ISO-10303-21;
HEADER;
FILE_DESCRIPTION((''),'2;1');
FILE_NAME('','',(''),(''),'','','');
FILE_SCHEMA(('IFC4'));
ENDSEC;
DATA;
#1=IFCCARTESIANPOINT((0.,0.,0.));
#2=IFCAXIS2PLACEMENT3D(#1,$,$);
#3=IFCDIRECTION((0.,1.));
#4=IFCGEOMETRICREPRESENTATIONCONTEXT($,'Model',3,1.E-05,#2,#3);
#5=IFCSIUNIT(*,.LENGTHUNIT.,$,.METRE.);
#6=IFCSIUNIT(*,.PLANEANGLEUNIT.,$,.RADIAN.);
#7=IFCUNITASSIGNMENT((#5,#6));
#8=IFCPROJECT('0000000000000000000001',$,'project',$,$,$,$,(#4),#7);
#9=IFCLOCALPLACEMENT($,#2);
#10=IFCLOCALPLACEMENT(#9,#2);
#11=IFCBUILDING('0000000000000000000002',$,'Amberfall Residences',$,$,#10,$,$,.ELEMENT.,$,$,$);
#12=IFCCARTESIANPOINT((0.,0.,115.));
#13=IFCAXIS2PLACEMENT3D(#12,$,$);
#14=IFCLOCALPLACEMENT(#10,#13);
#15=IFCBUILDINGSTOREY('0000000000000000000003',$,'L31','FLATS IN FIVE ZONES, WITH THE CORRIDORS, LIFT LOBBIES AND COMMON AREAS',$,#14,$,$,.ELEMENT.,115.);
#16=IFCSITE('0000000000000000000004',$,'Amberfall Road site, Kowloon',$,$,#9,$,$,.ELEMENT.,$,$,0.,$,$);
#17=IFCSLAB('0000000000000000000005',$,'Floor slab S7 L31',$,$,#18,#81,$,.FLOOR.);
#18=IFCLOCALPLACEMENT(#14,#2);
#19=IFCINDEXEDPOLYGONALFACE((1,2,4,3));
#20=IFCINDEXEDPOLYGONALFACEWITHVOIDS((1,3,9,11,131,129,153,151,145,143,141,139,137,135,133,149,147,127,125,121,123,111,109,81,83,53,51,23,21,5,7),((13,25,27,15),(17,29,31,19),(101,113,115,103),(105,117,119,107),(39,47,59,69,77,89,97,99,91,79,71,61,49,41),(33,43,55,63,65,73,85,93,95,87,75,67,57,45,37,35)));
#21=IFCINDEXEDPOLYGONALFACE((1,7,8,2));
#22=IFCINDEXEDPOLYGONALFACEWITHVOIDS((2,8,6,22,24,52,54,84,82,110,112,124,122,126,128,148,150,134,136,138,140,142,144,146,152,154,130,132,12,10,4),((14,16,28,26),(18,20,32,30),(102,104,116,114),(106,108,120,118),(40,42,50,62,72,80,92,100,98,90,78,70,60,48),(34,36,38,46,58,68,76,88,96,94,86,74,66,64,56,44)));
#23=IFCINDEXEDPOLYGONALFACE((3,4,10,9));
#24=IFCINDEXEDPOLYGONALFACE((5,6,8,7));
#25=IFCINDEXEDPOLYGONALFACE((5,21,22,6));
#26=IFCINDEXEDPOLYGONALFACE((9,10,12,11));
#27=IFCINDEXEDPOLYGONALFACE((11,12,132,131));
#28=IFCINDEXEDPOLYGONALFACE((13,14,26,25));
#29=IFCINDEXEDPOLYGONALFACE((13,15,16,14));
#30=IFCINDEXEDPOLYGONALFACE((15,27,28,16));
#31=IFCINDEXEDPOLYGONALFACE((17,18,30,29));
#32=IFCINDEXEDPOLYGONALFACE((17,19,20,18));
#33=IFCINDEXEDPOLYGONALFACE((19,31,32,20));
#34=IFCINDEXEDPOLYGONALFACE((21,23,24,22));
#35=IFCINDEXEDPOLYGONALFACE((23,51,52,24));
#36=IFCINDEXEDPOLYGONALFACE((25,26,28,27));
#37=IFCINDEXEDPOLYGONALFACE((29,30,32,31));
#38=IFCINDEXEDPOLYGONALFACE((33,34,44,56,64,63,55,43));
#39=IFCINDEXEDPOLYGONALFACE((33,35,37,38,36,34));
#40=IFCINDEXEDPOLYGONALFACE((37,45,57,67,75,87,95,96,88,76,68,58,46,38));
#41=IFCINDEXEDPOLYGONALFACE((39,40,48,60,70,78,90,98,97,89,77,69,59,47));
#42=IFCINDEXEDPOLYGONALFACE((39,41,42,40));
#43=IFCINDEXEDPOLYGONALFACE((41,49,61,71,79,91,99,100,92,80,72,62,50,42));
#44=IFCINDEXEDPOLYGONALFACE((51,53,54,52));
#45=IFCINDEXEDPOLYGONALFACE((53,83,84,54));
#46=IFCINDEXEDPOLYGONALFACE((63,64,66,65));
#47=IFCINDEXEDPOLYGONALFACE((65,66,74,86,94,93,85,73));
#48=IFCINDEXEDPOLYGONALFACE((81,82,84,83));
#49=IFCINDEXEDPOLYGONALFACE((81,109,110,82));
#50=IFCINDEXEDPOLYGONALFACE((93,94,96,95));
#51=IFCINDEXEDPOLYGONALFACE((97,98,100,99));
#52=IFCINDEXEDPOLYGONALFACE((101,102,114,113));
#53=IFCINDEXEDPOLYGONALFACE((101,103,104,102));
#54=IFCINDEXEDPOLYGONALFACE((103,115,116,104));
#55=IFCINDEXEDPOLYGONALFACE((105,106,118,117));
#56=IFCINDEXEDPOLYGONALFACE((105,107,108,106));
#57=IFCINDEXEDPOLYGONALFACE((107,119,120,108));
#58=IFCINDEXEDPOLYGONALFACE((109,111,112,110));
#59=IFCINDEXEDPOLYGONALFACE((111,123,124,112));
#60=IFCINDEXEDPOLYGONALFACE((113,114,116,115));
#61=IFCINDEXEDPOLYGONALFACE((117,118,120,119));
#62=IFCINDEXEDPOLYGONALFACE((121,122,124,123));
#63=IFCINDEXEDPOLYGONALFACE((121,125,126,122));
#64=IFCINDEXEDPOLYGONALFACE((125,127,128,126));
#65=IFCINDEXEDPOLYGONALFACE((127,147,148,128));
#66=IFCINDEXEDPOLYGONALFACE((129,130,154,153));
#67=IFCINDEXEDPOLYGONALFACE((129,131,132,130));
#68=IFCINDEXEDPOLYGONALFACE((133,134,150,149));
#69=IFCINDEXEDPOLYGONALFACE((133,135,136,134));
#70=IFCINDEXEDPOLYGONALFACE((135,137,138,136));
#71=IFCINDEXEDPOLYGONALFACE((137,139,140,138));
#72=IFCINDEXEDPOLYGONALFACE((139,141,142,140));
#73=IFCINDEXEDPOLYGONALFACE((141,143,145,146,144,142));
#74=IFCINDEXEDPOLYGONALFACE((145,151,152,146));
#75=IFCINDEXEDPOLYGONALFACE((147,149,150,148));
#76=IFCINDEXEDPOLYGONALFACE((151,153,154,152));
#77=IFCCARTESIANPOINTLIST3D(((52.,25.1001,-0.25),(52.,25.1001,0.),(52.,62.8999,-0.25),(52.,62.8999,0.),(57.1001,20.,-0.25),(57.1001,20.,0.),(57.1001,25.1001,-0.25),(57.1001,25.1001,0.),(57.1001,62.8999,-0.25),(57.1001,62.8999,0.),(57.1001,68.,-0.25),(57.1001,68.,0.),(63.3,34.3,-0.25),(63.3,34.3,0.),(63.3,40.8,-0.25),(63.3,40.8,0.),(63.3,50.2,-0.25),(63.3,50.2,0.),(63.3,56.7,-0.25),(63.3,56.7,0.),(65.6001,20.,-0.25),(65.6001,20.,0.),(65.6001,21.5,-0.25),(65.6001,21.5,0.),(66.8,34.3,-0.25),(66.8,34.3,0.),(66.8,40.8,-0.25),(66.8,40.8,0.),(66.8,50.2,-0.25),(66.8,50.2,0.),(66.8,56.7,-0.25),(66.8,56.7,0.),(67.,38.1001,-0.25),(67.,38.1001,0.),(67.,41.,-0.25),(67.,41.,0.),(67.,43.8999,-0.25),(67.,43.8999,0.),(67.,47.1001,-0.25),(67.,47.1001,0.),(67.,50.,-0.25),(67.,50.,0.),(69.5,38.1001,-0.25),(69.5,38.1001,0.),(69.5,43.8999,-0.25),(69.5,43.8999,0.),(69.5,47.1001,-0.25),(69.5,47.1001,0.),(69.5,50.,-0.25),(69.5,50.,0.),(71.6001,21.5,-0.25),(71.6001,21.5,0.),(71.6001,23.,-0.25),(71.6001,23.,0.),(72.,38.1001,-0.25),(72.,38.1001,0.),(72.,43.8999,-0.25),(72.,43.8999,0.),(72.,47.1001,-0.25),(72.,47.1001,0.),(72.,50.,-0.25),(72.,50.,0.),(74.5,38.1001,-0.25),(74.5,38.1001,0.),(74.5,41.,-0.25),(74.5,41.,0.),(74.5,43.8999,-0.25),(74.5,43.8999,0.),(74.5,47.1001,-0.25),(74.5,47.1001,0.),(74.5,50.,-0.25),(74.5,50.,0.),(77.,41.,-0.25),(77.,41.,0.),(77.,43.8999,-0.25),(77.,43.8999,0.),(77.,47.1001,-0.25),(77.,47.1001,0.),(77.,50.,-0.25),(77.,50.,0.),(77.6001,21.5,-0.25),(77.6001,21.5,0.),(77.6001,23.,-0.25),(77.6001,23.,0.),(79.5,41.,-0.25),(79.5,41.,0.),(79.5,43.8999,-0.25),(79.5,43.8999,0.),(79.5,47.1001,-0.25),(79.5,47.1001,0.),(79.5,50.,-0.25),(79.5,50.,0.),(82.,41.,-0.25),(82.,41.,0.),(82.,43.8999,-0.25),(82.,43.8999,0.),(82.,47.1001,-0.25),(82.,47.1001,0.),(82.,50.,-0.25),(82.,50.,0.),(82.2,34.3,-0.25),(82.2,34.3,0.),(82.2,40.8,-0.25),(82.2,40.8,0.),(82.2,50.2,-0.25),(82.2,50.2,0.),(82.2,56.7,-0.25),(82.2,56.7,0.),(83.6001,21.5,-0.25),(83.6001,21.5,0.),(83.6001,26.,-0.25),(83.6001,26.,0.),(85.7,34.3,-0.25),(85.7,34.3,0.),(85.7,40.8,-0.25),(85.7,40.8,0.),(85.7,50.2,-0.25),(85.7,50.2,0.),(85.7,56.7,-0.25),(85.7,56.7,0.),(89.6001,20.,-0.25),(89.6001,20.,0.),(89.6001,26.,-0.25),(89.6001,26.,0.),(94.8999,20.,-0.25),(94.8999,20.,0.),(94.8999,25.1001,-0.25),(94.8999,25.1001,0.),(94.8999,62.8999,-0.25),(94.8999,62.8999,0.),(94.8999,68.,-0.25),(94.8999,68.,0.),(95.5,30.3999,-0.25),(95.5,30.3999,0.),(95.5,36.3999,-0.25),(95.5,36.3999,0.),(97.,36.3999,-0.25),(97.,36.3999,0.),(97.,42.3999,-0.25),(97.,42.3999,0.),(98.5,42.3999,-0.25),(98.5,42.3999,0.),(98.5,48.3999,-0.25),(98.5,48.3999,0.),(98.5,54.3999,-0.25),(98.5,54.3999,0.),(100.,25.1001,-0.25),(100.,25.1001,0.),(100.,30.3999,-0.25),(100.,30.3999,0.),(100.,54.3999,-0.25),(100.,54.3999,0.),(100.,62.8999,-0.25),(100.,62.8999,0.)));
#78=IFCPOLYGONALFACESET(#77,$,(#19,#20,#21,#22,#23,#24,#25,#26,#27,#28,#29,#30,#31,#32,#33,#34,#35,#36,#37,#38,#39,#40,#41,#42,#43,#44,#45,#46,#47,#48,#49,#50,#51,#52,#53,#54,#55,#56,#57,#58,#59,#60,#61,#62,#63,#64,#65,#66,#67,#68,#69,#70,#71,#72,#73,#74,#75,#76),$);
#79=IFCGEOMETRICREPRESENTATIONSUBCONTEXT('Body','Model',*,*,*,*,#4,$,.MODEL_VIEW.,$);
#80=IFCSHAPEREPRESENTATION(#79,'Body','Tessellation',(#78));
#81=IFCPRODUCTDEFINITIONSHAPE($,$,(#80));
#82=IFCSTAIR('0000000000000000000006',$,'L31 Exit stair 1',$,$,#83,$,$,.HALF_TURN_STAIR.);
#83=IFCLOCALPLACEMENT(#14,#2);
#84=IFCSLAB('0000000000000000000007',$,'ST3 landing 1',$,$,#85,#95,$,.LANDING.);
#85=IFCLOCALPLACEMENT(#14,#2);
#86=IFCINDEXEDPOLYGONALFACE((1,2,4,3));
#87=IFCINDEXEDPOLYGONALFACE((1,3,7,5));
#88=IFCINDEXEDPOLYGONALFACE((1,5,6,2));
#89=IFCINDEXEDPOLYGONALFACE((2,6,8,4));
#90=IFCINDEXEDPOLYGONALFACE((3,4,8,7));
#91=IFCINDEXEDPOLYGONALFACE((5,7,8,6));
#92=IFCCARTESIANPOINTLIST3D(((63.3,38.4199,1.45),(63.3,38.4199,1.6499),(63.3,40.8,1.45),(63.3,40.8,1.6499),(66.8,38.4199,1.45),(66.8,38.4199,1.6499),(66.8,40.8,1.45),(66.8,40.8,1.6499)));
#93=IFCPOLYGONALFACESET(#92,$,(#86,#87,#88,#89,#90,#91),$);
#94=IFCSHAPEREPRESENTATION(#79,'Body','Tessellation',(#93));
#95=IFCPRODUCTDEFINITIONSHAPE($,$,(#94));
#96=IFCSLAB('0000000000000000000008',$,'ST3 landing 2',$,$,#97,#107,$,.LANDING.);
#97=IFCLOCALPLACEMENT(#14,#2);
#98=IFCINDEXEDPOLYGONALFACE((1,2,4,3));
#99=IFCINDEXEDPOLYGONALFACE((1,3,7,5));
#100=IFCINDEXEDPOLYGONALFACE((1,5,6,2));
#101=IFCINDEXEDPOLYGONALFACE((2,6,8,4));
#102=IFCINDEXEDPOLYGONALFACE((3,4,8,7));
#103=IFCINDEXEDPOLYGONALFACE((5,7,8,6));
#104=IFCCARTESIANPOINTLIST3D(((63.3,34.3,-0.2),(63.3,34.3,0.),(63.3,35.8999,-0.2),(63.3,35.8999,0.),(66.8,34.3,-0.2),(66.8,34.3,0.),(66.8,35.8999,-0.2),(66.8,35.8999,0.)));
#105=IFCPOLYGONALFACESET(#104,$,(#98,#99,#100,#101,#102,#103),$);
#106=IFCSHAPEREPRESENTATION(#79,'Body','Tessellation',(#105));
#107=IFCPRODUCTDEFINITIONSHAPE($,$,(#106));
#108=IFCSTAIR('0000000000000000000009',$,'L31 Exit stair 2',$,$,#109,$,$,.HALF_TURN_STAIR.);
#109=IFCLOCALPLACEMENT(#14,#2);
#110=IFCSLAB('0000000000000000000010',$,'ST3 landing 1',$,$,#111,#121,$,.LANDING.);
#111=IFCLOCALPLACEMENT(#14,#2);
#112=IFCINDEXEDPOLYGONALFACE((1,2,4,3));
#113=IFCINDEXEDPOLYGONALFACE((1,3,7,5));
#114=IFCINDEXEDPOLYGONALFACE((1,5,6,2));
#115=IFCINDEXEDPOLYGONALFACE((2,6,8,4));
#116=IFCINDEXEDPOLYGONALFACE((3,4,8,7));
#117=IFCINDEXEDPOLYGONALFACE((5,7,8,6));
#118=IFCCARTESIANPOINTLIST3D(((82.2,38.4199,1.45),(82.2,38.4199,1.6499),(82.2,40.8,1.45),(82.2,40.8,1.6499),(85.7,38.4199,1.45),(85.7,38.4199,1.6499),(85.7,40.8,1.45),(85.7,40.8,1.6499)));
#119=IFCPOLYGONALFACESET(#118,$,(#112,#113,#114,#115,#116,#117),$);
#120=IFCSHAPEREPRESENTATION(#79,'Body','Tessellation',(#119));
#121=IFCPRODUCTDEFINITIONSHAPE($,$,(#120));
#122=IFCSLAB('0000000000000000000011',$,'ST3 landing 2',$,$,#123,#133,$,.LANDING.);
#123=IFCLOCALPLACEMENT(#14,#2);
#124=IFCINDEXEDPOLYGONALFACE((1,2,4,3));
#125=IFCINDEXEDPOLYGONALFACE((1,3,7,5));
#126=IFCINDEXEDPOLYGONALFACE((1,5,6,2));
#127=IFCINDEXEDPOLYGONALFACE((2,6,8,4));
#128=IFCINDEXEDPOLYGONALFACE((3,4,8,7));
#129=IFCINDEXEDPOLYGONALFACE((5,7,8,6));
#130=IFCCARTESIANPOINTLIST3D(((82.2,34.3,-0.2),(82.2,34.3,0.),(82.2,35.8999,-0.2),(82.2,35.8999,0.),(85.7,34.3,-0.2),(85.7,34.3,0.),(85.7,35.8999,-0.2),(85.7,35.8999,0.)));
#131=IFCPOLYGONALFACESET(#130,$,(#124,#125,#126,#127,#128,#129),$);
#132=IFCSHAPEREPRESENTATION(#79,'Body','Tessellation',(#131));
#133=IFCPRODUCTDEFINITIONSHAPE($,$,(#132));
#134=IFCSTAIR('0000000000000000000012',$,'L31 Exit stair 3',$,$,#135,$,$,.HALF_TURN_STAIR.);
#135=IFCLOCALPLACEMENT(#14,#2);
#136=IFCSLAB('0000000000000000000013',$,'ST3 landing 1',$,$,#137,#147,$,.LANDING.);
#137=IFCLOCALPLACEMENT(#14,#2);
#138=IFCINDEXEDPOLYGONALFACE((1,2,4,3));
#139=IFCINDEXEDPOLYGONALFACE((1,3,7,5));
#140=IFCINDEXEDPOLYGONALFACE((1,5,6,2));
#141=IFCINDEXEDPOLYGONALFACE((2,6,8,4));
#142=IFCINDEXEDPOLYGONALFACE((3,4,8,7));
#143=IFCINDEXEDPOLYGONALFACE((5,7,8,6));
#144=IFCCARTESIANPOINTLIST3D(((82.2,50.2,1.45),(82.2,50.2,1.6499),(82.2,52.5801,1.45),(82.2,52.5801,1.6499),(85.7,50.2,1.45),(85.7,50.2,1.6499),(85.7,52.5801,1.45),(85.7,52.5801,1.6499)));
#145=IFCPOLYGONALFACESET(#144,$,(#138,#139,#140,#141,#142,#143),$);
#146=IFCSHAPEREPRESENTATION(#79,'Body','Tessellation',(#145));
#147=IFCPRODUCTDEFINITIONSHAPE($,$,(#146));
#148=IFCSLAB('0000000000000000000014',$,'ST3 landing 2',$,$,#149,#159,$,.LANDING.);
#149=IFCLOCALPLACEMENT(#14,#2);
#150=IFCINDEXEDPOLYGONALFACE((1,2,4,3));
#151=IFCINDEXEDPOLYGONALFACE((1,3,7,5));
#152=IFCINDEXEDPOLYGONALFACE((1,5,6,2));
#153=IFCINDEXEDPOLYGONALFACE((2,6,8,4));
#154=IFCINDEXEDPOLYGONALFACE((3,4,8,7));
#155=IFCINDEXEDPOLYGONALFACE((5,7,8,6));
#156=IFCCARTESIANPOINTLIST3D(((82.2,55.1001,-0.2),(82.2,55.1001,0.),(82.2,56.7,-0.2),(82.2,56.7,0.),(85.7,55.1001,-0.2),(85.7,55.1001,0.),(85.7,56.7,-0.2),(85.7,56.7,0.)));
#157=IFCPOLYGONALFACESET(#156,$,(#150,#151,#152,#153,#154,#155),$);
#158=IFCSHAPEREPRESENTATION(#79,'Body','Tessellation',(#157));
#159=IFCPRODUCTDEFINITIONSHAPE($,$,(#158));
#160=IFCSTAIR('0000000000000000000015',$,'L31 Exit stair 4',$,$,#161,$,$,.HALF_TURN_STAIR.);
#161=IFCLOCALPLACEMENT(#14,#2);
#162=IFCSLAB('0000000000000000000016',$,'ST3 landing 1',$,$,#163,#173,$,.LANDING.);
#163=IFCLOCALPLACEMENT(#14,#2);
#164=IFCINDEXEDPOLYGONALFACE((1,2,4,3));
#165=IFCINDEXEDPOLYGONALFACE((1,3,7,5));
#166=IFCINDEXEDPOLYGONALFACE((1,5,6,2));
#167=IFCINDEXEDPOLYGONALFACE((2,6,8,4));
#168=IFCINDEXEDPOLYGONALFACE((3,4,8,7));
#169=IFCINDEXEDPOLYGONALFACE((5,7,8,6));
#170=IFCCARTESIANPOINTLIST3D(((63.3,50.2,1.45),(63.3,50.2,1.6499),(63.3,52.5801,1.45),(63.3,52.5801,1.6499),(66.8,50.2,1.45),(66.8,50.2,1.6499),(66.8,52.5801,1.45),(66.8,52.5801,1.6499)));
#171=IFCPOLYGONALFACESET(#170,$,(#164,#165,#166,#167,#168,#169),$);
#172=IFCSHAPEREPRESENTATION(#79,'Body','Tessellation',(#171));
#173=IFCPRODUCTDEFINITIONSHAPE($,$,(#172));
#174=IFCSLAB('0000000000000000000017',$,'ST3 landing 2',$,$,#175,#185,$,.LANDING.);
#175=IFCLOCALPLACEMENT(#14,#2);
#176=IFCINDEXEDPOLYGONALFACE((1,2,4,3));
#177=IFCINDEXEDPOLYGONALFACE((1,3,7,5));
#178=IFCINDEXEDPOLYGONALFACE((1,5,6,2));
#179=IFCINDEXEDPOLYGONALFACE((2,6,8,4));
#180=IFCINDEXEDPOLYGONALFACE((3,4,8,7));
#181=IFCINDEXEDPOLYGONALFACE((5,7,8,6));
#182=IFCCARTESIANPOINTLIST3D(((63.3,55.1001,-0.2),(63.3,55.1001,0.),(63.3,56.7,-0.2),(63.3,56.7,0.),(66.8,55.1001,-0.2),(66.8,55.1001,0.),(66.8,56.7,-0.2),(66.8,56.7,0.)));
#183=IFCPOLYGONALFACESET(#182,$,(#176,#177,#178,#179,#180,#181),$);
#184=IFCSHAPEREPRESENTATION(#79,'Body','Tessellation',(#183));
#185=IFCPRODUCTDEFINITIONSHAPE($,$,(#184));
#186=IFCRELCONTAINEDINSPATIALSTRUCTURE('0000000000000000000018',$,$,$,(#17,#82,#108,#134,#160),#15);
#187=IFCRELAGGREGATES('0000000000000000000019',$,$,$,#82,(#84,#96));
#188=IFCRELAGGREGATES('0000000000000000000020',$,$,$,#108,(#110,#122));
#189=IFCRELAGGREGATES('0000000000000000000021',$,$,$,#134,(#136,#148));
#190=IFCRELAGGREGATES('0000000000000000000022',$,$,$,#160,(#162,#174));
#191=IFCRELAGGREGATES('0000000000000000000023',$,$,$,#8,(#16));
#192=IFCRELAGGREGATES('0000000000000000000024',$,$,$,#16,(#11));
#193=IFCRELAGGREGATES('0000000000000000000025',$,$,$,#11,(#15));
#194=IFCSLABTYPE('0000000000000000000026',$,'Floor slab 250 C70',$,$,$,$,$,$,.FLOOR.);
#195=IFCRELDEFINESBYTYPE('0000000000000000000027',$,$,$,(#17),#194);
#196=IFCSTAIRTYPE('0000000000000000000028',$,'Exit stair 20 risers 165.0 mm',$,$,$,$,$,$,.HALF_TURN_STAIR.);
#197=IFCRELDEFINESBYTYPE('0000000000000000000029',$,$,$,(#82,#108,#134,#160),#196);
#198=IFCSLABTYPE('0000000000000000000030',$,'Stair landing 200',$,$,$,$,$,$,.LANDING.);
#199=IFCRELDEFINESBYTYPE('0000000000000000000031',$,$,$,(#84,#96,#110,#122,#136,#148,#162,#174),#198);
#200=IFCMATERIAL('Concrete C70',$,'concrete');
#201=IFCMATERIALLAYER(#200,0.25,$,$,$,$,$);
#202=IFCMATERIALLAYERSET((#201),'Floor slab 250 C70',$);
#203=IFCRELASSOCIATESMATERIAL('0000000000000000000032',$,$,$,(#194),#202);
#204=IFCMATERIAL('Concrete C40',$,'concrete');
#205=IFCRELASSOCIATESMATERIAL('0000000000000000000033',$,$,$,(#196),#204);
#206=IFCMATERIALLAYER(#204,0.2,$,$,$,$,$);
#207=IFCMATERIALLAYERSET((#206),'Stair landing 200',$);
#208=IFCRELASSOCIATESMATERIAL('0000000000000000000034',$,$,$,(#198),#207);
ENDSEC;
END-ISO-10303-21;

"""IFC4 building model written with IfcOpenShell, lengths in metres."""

from ifc_helpers import new_model, si_unit, direction, frame, origin, place, context, subcontext, project, spatial, polyline, outline, extrude, material, layer, layer_set, type_object, element, aggregate, save


model = new_model("IFC4")

# Units and contexts
model_context = context("Model", 3, precision=1e-05, world=origin(), true_north=direction((0.0, 1.0)))
body_context = subcontext(model_context, "Body", "Model", "MODEL_VIEW")
ifc_project = project(units=[si_unit("LENGTHUNIT", "METRE"), si_unit("PLANEANGLEUNIT", "RADIAN")], contexts=[model_context])

# Site, building, storey
site_placement = place(None, origin())
site = spatial("IfcSite", under=ifc_project, at=site_placement, Name="Amberfall Road site, Kowloon", CompositionType="ELEMENT", RefElevation=0.0)
building_placement = place(site_placement, origin())
building = spatial("IfcBuilding", under=site, at=building_placement, Name="Amberfall Residences", CompositionType="ELEMENT")
storey_placement = place(building_placement, frame((0.0, 0.0, 115.0)))
storey = spatial("IfcBuildingStorey", under=building, at=storey_placement, Name="L31", Description="FLATS IN FIVE ZONES, WITH THE CORRIDORS, LIFT LOBBIES AND COMMON AREAS", CompositionType="ELEMENT", Elevation=115.0)

# Slab
ifc_material_1 = material(Name="Concrete C70", Category="concrete")
ifc_layer_1 = layer(ifc_material_1, 0.25)
ifc_layer_set_1 = layer_set([ifc_layer_1], Name="Floor slab 250 C70")
slab_type_1 = type_object("IfcSlabType", Name="Floor slab 250 C70", PredefinedType="FLOOR", material=ifc_layer_set_1)
slab_1_placement = place(storey_placement, frame((0.0, 0.0, -0.25)))
element("IfcSlab", 1, at=slab_1_placement, inside=storey, type_object=slab_type_1, Name="Floor slab S7 L31", PredefinedType="FLOOR", context=body_context, shape_type="SweptSolid", body=[
    extrude(outline(polyline([(89.6001, 20.0), (89.6001, 26.0), (83.6001, 26.0), (83.6001, 21.5), (77.6001, 21.5), (77.6001, 23.0), (71.6001, 23.0), (71.6001, 21.5), (65.6001, 21.5), (65.6001, 20.0), (57.1001, 20.0), (57.1001, 25.1001), (52.0, 25.1001), (52.0, 62.8999), (57.1001, 62.8999), (57.1001, 68.0), (94.8999, 68.0), (94.8999, 62.8999), (100.0, 62.8999), (100.0, 54.3999), (98.5, 54.3999), (98.5, 48.3999), (98.5, 42.3999), (97.0, 42.3999), (97.0, 36.3999), (95.5, 36.3999), (95.5, 30.3999), (100.0, 30.3999), (100.0, 25.1001), (94.8999, 25.1001), (94.8999, 20.0), (89.6001, 20.0)]), holes=[polyline([(85.7, 34.3), (85.7, 40.8), (82.2, 40.8), (82.2, 34.3), (85.7, 34.3)]), polyline([(82.2, 50.2), (85.7, 50.2), (85.7, 56.7), (82.2, 56.7), (82.2, 50.2)]), polyline([(69.5, 50.0), (67.0, 50.0), (67.0, 47.1001), (69.5, 47.1001), (72.0, 47.1001), (74.5, 47.1001), (77.0, 47.1001), (79.5, 47.1001), (82.0, 47.1001), (82.0, 50.0), (79.5, 50.0), (77.0, 50.0), (74.5, 50.0), (72.0, 50.0), (69.5, 50.0)]), polyline([(74.5, 41.0), (77.0, 41.0), (79.5, 41.0), (82.0, 41.0), (82.0, 43.8999), (79.5, 43.8999), (77.0, 43.8999), (74.5, 43.8999), (72.0, 43.8999), (69.5, 43.8999), (67.0, 43.8999), (67.0, 41.0), (67.0, 38.1001), (69.5, 38.1001), (72.0, 38.1001), (74.5, 38.1001), (74.5, 41.0)]), polyline([(66.8, 34.3), (66.8, 40.8), (63.3, 40.8), (63.3, 34.3), (66.8, 34.3)]), polyline([(66.8, 50.2), (66.8, 56.7), (63.3, 56.7), (63.3, 50.2), (66.8, 50.2)])]), origin(), (0.0, 0.0, 1.0), 0.25),
])

# Stairs, slabs
ifc_material_2 = material(Name="Concrete C40", Category="concrete")
stair_type = type_object("IfcStairType", Name="Exit stair 20 risers 165.0 mm", PredefinedType="HALF_TURN_STAIR", material=ifc_material_2)
stair_1_placement = place(storey_placement, origin())
stair_1 = element("IfcStair", 2, at=stair_1_placement, inside=storey, type_object=stair_type, Name="L31 Exit stair 1", PredefinedType="HALF_TURN_STAIR")
ifc_layer_2 = layer(ifc_material_2, 0.2)
ifc_layer_set_2 = layer_set([ifc_layer_2], Name="Stair landing 200")
slab_type_2 = type_object("IfcSlabType", Name="Stair landing 200", PredefinedType="LANDING", material=ifc_layer_set_2)
slab_2_placement = place(storey_placement, frame((0.0, 0.0, 1.45)))
slab_2 = element("IfcSlab", 3, at=slab_2_placement, type_object=slab_type_2, Name="ST3 landing 1", PredefinedType="LANDING", context=body_context, shape_type="SweptSolid", body=[
    extrude(outline(polyline([(66.8, 38.4199), (66.8, 40.8), (63.3, 40.8), (63.3, 38.4199), (66.8, 38.4199)])), origin(), (0.0, 0.0, 1.0), 0.2),
])
slab_3_placement = place(storey_placement, frame((0.0, 0.0, -0.2)))
slab_3 = element("IfcSlab", 4, at=slab_3_placement, type_object=slab_type_2, Name="ST3 landing 2", PredefinedType="LANDING", context=body_context, shape_type="SweptSolid", body=[
    extrude(outline(polyline([(66.8, 34.3), (66.8, 35.8999), (63.3, 35.8999), (63.3, 34.3), (66.8, 34.3)])), origin(), (0.0, 0.0, 1.0), 0.2),
])
aggregate(stair_1, [slab_2, slab_3])
stair_2_placement = place(storey_placement, origin())
stair_2 = element("IfcStair", 5, at=stair_2_placement, inside=storey, type_object=stair_type, Name="L31 Exit stair 2", PredefinedType="HALF_TURN_STAIR")
slab_4_placement = place(storey_placement, frame((0.0, 0.0, 1.45)))
slab_4 = element("IfcSlab", 6, at=slab_4_placement, type_object=slab_type_2, Name="ST3 landing 1", PredefinedType="LANDING", context=body_context, shape_type="SweptSolid", body=[
    extrude(outline(polyline([(85.7, 38.4199), (85.7, 40.8), (82.2, 40.8), (82.2, 38.4199), (85.7, 38.4199)])), origin(), (0.0, 0.0, 1.0), 0.2),
])
slab_5_placement = place(storey_placement, frame((0.0, 0.0, -0.2)))
slab_5 = element("IfcSlab", 7, at=slab_5_placement, type_object=slab_type_2, Name="ST3 landing 2", PredefinedType="LANDING", context=body_context, shape_type="SweptSolid", body=[
    extrude(outline(polyline([(85.7, 34.3), (85.7, 35.8999), (82.2, 35.8999), (82.2, 34.3), (85.7, 34.3)])), origin(), (0.0, 0.0, 1.0), 0.2),
])
aggregate(stair_2, [slab_4, slab_5])
stair_3_placement = place(storey_placement, origin())
stair_3 = element("IfcStair", 8, at=stair_3_placement, inside=storey, type_object=stair_type, Name="L31 Exit stair 3", PredefinedType="HALF_TURN_STAIR")
slab_6_placement = place(storey_placement, frame((0.0, 0.0, 1.45)))
slab_6 = element("IfcSlab", 9, at=slab_6_placement, type_object=slab_type_2, Name="ST3 landing 1", PredefinedType="LANDING", context=body_context, shape_type="SweptSolid", body=[
    extrude(outline(polyline([(82.2, 52.5801), (82.2, 50.2), (85.7, 50.2), (85.7, 52.5801), (82.2, 52.5801)])), origin(), (0.0, 0.0, 1.0), 0.2),
])
slab_7_placement = place(storey_placement, frame((0.0, 0.0, -0.2)))
slab_7 = element("IfcSlab", 10, at=slab_7_placement, type_object=slab_type_2, Name="ST3 landing 2", PredefinedType="LANDING", context=body_context, shape_type="SweptSolid", body=[
    extrude(outline(polyline([(82.2, 56.7), (82.2, 55.1001), (85.7, 55.1001), (85.7, 56.7), (82.2, 56.7)])), origin(), (0.0, 0.0, 1.0), 0.2),
])
aggregate(stair_3, [slab_6, slab_7])
stair_4_placement = place(storey_placement, origin())
stair_4 = element("IfcStair", 11, at=stair_4_placement, inside=storey, type_object=stair_type, Name="L31 Exit stair 4", PredefinedType="HALF_TURN_STAIR")
slab_8_placement = place(storey_placement, frame((0.0, 0.0, 1.45)))
slab_8 = element("IfcSlab", 12, at=slab_8_placement, type_object=slab_type_2, Name="ST3 landing 1", PredefinedType="LANDING", context=body_context, shape_type="SweptSolid", body=[
    extrude(outline(polyline([(63.3, 52.5801), (63.3, 50.2), (66.8, 50.2), (66.8, 52.5801), (63.3, 52.5801)])), origin(), (0.0, 0.0, 1.0), 0.2),
])
slab_9_placement = place(storey_placement, frame((0.0, 0.0, -0.2)))
slab_9 = element("IfcSlab", 13, at=slab_9_placement, type_object=slab_type_2, Name="ST3 landing 2", PredefinedType="LANDING", context=body_context, shape_type="SweptSolid", body=[
    extrude(outline(polyline([(63.3, 56.7), (63.3, 55.1001), (66.8, 55.1001), (66.8, 56.7), (63.3, 56.7)])), origin(), (0.0, 0.0, 1.0), 0.2),
])
aggregate(stair_4, [slab_8, slab_9])

save(model, "model.ifc")
